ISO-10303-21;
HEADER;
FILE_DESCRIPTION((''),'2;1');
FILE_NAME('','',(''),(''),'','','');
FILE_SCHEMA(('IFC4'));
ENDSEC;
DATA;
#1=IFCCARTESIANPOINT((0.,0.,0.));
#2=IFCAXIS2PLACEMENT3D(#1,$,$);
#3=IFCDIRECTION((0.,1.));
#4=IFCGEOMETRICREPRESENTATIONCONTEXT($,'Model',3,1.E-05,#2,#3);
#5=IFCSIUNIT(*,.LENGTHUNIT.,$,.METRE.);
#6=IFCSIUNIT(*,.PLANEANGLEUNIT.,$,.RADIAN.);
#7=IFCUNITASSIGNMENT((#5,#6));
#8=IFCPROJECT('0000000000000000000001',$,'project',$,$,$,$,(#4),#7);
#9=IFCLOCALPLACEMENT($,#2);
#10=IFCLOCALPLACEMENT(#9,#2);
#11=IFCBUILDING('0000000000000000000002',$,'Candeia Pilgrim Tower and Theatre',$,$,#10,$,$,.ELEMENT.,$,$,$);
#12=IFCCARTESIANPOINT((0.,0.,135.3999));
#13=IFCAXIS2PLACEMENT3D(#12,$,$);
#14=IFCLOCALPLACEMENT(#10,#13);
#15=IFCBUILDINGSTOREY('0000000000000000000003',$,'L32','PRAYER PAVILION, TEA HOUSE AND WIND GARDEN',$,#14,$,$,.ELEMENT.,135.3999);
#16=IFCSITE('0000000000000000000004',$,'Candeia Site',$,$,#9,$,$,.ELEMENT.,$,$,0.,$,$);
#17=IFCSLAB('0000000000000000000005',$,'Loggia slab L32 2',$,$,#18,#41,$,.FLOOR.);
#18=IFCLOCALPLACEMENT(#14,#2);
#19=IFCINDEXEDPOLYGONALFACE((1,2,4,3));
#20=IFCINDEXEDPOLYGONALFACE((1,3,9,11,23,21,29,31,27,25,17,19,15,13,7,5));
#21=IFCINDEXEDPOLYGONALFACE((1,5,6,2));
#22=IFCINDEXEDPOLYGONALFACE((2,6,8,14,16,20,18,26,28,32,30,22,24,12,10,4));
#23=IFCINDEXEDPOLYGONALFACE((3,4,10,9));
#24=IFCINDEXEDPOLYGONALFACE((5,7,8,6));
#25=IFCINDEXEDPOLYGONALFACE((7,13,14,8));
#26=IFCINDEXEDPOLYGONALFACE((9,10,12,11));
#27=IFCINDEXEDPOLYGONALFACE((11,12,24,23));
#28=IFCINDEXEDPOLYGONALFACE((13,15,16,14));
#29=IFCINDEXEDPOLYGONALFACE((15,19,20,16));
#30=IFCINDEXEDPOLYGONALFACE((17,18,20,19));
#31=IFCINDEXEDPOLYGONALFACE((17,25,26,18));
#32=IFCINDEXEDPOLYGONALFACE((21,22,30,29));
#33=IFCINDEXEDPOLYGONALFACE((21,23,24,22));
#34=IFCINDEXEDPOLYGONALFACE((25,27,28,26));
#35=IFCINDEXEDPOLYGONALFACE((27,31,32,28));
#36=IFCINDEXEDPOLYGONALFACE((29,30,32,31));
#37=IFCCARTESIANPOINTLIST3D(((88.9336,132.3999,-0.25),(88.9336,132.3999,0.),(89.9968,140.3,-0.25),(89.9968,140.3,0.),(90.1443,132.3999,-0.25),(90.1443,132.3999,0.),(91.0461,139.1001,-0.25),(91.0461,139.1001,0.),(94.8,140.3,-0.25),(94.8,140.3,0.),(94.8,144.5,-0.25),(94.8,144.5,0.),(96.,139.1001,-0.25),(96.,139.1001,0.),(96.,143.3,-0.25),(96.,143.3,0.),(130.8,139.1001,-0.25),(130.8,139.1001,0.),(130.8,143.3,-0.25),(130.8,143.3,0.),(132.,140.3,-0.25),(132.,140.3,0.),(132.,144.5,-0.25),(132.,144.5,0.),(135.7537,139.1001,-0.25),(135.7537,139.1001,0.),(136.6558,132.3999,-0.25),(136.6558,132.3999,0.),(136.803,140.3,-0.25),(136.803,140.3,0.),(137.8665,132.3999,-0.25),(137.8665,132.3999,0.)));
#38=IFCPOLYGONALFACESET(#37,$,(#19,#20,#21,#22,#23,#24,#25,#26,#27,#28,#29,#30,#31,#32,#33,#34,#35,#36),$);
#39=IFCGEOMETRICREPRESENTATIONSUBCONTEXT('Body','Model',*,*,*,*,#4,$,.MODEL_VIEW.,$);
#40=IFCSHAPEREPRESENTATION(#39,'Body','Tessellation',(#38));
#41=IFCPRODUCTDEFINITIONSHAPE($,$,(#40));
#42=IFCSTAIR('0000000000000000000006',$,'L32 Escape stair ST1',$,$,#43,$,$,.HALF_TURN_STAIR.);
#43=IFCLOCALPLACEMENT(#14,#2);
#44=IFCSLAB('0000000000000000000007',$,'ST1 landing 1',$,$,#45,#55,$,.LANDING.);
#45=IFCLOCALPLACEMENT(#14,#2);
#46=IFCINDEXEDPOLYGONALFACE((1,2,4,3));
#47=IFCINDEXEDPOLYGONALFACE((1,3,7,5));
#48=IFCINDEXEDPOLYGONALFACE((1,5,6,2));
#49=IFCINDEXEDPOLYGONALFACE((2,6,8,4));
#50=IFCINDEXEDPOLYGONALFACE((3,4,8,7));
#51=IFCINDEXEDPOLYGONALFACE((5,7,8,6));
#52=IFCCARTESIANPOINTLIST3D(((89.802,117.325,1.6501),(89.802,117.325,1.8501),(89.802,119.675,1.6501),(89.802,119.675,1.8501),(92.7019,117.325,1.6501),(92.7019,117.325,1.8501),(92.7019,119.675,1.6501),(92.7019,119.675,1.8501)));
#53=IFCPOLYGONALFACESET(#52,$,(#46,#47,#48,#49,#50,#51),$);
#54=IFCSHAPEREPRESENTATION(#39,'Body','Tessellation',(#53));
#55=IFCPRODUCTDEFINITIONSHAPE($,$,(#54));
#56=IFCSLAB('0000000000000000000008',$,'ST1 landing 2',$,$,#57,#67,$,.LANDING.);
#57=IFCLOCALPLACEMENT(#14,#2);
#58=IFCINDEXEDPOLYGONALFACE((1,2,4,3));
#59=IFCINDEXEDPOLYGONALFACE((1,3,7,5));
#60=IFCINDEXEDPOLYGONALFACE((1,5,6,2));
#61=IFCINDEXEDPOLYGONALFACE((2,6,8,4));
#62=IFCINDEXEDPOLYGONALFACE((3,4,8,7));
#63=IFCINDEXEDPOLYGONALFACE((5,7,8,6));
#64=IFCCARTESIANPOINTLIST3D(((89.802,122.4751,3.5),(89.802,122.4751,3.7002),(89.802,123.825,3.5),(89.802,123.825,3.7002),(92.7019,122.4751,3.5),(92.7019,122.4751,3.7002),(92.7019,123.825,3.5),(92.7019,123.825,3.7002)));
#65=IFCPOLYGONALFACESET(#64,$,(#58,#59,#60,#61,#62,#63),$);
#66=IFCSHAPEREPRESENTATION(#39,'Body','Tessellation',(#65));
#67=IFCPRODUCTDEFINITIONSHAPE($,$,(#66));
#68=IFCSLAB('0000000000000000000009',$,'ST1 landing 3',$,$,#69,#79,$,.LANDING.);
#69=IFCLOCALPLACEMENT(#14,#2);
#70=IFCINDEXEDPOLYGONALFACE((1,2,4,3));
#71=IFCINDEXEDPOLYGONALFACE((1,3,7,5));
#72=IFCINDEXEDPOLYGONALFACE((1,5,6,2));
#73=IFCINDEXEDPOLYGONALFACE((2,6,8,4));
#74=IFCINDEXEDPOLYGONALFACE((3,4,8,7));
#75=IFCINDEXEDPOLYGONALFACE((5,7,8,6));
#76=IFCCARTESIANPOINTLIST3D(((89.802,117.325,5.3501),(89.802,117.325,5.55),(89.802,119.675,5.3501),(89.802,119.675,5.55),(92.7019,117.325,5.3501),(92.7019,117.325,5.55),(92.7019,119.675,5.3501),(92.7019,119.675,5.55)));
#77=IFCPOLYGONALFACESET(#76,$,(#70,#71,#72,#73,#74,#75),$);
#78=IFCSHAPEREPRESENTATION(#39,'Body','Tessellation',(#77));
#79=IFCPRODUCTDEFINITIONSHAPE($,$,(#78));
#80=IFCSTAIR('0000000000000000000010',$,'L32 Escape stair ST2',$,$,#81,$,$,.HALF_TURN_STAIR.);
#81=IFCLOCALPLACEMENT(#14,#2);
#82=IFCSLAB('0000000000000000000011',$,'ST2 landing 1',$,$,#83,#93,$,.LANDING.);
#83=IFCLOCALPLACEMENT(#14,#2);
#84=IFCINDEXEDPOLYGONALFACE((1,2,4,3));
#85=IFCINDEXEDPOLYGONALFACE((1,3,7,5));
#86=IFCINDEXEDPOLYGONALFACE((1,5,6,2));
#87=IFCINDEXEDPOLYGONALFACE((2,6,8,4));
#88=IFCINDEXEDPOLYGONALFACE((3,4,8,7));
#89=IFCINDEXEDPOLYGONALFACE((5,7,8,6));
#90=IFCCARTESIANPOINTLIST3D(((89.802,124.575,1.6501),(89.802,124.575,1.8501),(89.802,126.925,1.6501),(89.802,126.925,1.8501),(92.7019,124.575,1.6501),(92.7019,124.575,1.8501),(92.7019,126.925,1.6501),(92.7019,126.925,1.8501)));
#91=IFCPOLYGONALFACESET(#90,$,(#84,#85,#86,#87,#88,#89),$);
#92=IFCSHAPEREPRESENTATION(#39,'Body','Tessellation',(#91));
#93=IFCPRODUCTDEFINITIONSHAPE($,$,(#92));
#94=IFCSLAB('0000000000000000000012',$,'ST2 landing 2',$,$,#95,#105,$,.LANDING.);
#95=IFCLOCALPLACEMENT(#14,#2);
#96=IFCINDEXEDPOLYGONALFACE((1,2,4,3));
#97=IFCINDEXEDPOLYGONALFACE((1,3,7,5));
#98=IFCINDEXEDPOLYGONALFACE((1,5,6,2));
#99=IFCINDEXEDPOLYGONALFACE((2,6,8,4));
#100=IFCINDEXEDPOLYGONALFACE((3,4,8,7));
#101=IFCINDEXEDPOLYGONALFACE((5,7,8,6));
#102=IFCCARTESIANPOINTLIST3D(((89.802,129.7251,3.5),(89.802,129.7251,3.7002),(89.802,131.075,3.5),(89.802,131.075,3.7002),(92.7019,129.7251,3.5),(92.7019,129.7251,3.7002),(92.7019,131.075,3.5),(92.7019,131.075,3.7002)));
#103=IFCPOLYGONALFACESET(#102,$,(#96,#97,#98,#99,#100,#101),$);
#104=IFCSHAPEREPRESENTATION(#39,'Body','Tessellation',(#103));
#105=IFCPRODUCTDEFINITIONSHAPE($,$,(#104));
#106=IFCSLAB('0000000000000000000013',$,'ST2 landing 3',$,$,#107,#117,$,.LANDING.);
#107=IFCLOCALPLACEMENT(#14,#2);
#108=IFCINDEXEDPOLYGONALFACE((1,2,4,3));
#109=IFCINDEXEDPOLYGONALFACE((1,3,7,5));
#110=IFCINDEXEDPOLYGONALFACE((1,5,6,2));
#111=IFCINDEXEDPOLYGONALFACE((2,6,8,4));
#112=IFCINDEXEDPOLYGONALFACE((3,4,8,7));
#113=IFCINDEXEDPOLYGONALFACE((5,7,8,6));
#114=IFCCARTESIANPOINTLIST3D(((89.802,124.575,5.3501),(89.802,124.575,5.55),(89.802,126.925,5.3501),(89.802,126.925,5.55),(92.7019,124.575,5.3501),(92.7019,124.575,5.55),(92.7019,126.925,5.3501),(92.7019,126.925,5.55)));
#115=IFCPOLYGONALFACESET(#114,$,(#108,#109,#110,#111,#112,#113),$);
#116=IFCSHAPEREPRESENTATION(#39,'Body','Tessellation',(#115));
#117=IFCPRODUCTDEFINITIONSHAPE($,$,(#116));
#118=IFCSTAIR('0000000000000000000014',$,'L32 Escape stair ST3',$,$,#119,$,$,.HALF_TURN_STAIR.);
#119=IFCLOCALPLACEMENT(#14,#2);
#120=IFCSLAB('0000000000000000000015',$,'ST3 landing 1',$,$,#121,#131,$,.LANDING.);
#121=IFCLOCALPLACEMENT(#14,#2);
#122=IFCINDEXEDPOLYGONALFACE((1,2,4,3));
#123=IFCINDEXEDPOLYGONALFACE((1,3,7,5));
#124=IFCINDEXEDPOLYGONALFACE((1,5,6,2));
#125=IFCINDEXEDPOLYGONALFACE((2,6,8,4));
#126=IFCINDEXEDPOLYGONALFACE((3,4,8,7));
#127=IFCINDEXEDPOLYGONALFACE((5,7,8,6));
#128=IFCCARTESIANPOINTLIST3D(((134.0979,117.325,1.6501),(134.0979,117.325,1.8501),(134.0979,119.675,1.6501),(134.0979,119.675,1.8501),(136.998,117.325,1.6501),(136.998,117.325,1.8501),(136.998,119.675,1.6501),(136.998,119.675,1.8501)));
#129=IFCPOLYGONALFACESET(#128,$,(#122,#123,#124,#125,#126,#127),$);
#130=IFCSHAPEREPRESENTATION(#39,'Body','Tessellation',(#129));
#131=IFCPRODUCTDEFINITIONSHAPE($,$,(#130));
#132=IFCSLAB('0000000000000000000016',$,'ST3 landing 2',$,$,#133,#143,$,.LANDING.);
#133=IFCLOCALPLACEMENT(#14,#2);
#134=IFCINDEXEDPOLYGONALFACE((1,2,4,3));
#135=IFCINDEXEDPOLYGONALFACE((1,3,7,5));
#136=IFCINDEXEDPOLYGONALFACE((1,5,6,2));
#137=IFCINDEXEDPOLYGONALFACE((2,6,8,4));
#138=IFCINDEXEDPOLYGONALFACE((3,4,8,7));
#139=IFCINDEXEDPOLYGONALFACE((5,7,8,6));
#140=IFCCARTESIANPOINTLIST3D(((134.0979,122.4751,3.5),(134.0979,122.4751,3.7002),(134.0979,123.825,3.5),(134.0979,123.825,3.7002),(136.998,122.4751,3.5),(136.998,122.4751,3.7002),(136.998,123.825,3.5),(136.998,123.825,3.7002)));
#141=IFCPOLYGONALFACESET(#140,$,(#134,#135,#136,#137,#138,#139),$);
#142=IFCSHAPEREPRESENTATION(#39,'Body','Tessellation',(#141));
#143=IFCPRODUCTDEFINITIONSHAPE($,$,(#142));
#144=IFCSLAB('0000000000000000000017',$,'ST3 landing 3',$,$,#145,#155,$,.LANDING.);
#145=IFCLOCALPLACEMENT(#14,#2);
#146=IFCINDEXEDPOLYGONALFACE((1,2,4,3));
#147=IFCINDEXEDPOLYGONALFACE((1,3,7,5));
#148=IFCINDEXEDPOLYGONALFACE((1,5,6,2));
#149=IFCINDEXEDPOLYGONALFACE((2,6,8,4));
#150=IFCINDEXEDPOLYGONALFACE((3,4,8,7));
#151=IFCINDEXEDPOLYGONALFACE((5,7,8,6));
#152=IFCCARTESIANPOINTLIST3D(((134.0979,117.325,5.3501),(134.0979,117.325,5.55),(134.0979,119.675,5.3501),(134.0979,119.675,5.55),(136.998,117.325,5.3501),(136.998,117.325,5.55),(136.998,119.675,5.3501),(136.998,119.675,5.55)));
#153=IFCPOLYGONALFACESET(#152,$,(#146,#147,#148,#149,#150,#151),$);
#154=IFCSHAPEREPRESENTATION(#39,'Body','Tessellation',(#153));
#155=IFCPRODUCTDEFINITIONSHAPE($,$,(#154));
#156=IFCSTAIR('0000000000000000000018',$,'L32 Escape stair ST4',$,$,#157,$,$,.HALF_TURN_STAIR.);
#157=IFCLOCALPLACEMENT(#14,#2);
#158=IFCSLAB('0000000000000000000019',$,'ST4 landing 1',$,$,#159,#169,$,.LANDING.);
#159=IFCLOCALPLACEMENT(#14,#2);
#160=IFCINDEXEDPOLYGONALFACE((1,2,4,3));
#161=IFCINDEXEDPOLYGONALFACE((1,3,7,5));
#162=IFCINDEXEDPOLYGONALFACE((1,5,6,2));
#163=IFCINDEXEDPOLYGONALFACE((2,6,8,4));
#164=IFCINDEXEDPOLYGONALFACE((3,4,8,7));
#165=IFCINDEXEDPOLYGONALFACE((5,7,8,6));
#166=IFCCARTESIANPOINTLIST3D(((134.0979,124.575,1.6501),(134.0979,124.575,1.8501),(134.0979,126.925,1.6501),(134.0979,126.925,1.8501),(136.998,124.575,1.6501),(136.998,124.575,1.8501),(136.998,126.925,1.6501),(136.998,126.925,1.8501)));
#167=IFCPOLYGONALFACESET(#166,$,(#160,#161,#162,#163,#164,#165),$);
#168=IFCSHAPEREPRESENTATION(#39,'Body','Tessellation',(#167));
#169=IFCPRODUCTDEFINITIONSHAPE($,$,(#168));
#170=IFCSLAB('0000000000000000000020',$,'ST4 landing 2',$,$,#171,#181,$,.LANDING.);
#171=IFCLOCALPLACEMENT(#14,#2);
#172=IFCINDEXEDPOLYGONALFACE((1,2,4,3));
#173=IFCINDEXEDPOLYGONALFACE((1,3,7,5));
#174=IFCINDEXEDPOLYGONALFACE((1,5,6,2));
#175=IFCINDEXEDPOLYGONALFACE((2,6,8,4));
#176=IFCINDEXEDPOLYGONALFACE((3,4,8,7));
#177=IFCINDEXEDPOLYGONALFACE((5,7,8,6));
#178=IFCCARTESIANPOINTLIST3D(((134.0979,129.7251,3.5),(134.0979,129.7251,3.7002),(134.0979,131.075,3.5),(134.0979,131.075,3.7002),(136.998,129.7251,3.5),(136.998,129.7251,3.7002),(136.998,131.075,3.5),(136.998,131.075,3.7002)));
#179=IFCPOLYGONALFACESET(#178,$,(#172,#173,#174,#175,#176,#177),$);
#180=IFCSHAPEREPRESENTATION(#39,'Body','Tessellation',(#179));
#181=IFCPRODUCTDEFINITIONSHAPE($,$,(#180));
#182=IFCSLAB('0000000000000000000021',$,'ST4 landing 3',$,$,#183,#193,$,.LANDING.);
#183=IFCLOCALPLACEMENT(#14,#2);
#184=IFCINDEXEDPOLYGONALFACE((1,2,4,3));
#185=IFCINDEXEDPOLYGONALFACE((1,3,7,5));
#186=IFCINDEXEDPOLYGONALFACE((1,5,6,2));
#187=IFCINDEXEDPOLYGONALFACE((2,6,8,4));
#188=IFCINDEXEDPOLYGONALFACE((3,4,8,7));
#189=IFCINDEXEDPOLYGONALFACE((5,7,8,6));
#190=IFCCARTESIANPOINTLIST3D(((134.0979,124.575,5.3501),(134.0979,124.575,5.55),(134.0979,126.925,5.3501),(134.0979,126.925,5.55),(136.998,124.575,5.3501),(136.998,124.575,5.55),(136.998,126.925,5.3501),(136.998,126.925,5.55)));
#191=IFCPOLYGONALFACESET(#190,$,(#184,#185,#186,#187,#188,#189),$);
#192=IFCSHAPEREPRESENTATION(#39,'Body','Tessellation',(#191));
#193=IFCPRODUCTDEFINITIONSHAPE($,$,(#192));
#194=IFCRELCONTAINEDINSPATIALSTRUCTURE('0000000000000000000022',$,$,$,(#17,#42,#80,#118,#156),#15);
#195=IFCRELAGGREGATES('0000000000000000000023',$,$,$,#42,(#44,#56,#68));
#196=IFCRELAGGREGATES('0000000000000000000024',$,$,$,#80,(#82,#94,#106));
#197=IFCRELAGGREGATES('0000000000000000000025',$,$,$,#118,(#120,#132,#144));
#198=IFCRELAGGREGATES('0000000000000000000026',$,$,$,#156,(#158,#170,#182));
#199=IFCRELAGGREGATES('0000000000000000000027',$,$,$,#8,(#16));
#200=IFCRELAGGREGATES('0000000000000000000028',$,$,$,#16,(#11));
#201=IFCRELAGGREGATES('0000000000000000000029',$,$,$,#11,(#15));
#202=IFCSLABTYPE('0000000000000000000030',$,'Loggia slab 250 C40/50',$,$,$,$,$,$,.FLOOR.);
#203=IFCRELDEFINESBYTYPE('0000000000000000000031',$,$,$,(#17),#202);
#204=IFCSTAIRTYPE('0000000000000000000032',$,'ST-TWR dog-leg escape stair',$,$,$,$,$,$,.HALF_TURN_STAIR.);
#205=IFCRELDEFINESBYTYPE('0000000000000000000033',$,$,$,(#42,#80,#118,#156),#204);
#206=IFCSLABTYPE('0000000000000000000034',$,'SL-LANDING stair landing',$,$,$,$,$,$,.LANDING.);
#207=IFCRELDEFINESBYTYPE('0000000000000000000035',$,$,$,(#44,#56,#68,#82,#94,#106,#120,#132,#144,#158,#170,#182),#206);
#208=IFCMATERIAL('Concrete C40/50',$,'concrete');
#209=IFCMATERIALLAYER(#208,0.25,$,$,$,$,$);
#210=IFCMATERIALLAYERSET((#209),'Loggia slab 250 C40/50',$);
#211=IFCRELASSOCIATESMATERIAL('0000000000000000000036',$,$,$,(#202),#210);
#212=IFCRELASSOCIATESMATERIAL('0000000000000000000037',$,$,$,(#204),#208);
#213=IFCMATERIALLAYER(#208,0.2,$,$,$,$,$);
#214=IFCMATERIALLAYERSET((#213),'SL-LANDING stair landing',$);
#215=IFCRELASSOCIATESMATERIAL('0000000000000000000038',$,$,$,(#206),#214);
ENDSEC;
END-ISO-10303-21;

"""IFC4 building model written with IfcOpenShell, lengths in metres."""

from ifc_helpers import new_model, si_unit, direction, frame, origin, place, context, subcontext, project, spatial, polyline, outline, extrude, material, layer, layer_set, type_object, element, aggregate, save


model = new_model("IFC4")

# Units and contexts
model_context = context("Model", 3, precision=1e-05, world=origin(), true_north=direction((0.0, 1.0)))
body_context = subcontext(model_context, "Body", "Model", "MODEL_VIEW")
ifc_project = project(units=[si_unit("LENGTHUNIT", "METRE"), si_unit("PLANEANGLEUNIT", "RADIAN")], contexts=[model_context])

# Site, building, storey
site_placement = place(None, origin())
site = spatial("IfcSite", under=ifc_project, at=site_placement, Name="Candeia Site", CompositionType="ELEMENT", RefElevation=0.0)
building_placement = place(site_placement, origin())
building = spatial("IfcBuilding", under=site, at=building_placement, Name="Candeia Pilgrim Tower and Theatre", CompositionType="ELEMENT")
storey_placement = place(building_placement, frame((0.0, 0.0, 135.3999)))
storey = spatial("IfcBuildingStorey", under=building, at=storey_placement, Name="L32", Description="PRAYER PAVILION, TEA HOUSE AND WIND GARDEN", CompositionType="ELEMENT", Elevation=135.3999)

# Slab
ifc_material_1 = material(Name="Concrete C40/50", Category="concrete")
ifc_layer_1 = layer(ifc_material_1, 0.25)
ifc_layer_set_1 = layer_set([ifc_layer_1], Name="Loggia slab 250 C40/50")
slab_type_1 = type_object("IfcSlabType", Name="Loggia slab 250 C40/50", PredefinedType="FLOOR", material=ifc_layer_set_1)
slab_1_placement = place(storey_placement, frame((0.0, 0.0, -0.25)))
element("IfcSlab", 1, at=slab_1_placement, inside=storey, type_object=slab_type_1, Name="Loggia slab L32 2", PredefinedType="FLOOR", context=body_context, shape_type="SweptSolid", body=[
    extrude(outline(polyline([(136.6558, 132.3999), (135.7537, 139.1001), (130.8, 139.1001), (130.8, 143.3), (96.0, 143.3), (96.0, 139.1001), (91.0461, 139.1001), (90.1443, 132.3999), (88.9336, 132.3999), (89.9968, 140.3), (94.8, 140.3), (94.8, 144.5), (132.0, 144.5), (132.0, 140.3), (136.803, 140.3), (137.8665, 132.3999), (136.6558, 132.3999)])), origin(), (0.0, 0.0, 1.0), 0.25),
])

# Stairs, slabs
stair_type = type_object("IfcStairType", Name="ST-TWR dog-leg escape stair", PredefinedType="HALF_TURN_STAIR", material=ifc_material_1)
stair_1_placement = place(storey_placement, origin())
stair_1 = element("IfcStair", 2, at=stair_1_placement, inside=storey, type_object=stair_type, Name="L32 Escape stair ST1", PredefinedType="HALF_TURN_STAIR")
ifc_layer_2 = layer(ifc_material_1, 0.2)
ifc_layer_set_2 = layer_set([ifc_layer_2], Name="SL-LANDING stair landing")
slab_type_2 = type_object("IfcSlabType", Name="SL-LANDING stair landing", PredefinedType="LANDING", material=ifc_layer_set_2)
slab_2_placement = place(storey_placement, frame((0.0, 0.0, 1.6501)))
slab_2 = element("IfcSlab", 3, at=slab_2_placement, type_object=slab_type_2, Name="ST1 landing 1", PredefinedType="LANDING", context=body_context, shape_type="SweptSolid", body=[
    extrude(outline(polyline([(89.802, 119.675), (89.802, 117.325), (92.7019, 117.325), (92.7019, 119.675), (89.802, 119.675)])), origin(), (0.0, 0.0, 1.0), 0.2),
])
slab_3_placement = place(storey_placement, frame((0.0, 0.0, 3.5)))
slab_3 = element("IfcSlab", 4, at=slab_3_placement, type_object=slab_type_2, Name="ST1 landing 2", PredefinedType="LANDING", context=body_context, shape_type="SweptSolid", body=[
    extrude(outline(polyline([(89.802, 123.825), (89.802, 122.4751), (92.7019, 122.4751), (92.7019, 123.825), (89.802, 123.825)])), origin(), (0.0, 0.0, 1.0), 0.2002),
])
slab_4_placement = place(storey_placement, frame((0.0, 0.0, 5.3501)))
slab_4 = element("IfcSlab", 5, at=slab_4_placement, type_object=slab_type_2, Name="ST1 landing 3", PredefinedType="LANDING", context=body_context, shape_type="SweptSolid", body=[
    extrude(outline(polyline([(89.802, 119.675), (89.802, 117.325), (92.7019, 117.325), (92.7019, 119.675), (89.802, 119.675)])), origin(), (0.0, 0.0, 1.0), 0.2),
])
aggregate(stair_1, [slab_2, slab_3, slab_4])
stair_2_placement = place(storey_placement, origin())
stair_2 = element("IfcStair", 6, at=stair_2_placement, inside=storey, type_object=stair_type, Name="L32 Escape stair ST2", PredefinedType="HALF_TURN_STAIR")
slab_5_placement = place(storey_placement, frame((0.0, 0.0, 1.6501)))
slab_5 = element("IfcSlab", 7, at=slab_5_placement, type_object=slab_type_2, Name="ST2 landing 1", PredefinedType="LANDING", context=body_context, shape_type="SweptSolid", body=[
    extrude(outline(polyline([(89.802, 126.925), (89.802, 124.575), (92.7019, 124.575), (92.7019, 126.925), (89.802, 126.925)])), origin(), (0.0, 0.0, 1.0), 0.2),
])
slab_6_placement = place(storey_placement, frame((0.0, 0.0, 3.5)))
slab_6 = element("IfcSlab", 8, at=slab_6_placement, type_object=slab_type_2, Name="ST2 landing 2", PredefinedType="LANDING", context=body_context, shape_type="SweptSolid", body=[
    extrude(outline(polyline([(89.802, 131.075), (89.802, 129.7251), (92.7019, 129.7251), (92.7019, 131.075), (89.802, 131.075)])), origin(), (0.0, 0.0, 1.0), 0.2002),
])
slab_7_placement = place(storey_placement, frame((0.0, 0.0, 5.3501)))
slab_7 = element("IfcSlab", 9, at=slab_7_placement, type_object=slab_type_2, Name="ST2 landing 3", PredefinedType="LANDING", context=body_context, shape_type="SweptSolid", body=[
    extrude(outline(polyline([(89.802, 126.925), (89.802, 124.575), (92.7019, 124.575), (92.7019, 126.925), (89.802, 126.925)])), origin(), (0.0, 0.0, 1.0), 0.2),
])
aggregate(stair_2, [slab_5, slab_6, slab_7])
stair_3_placement = place(storey_placement, origin())
stair_3 = element("IfcStair", 10, at=stair_3_placement, inside=storey, type_object=stair_type, Name="L32 Escape stair ST3", PredefinedType="HALF_TURN_STAIR")
slab_8_placement = place(storey_placement, frame((0.0, 0.0, 1.6501)))
slab_8 = element("IfcSlab", 11, at=slab_8_placement, type_object=slab_type_2, Name="ST3 landing 1", PredefinedType="LANDING", context=body_context, shape_type="SweptSolid", body=[
    extrude(outline(polyline([(134.0979, 119.675), (134.0979, 117.325), (136.998, 117.325), (136.998, 119.675), (134.0979, 119.675)])), origin(), (0.0, 0.0, 1.0), 0.2),
])
slab_9_placement = place(storey_placement, frame((0.0, 0.0, 3.5)))
slab_9 = element("IfcSlab", 12, at=slab_9_placement, type_object=slab_type_2, Name="ST3 landing 2", PredefinedType="LANDING", context=body_context, shape_type="SweptSolid", body=[
    extrude(outline(polyline([(134.0979, 123.825), (134.0979, 122.4751), (136.998, 122.4751), (136.998, 123.825), (134.0979, 123.825)])), origin(), (0.0, 0.0, 1.0), 0.2002),
])
slab_10_placement = place(storey_placement, frame((0.0, 0.0, 5.3501)))
slab_10 = element("IfcSlab", 13, at=slab_10_placement, type_object=slab_type_2, Name="ST3 landing 3", PredefinedType="LANDING", context=body_context, shape_type="SweptSolid", body=[
    extrude(outline(polyline([(134.0979, 119.675), (134.0979, 117.325), (136.998, 117.325), (136.998, 119.675), (134.0979, 119.675)])), origin(), (0.0, 0.0, 1.0), 0.2),
])
aggregate(stair_3, [slab_8, slab_9, slab_10])
stair_4_placement = place(storey_placement, origin())
stair_4 = element("IfcStair", 14, at=stair_4_placement, inside=storey, type_object=stair_type, Name="L32 Escape stair ST4", PredefinedType="HALF_TURN_STAIR")
slab_11_placement = place(storey_placement, frame((0.0, 0.0, 1.6501)))
slab_11 = element("IfcSlab", 15, at=slab_11_placement, type_object=slab_type_2, Name="ST4 landing 1", PredefinedType="LANDING", context=body_context, shape_type="SweptSolid", body=[
    extrude(outline(polyline([(134.0979, 126.925), (134.0979, 124.575), (136.998, 124.575), (136.998, 126.925), (134.0979, 126.925)])), origin(), (0.0, 0.0, 1.0), 0.2),
])
slab_12_placement = place(storey_placement, frame((0.0, 0.0, 3.5)))
slab_12 = element("IfcSlab", 16, at=slab_12_placement, type_object=slab_type_2, Name="ST4 landing 2", PredefinedType="LANDING", context=body_context, shape_type="SweptSolid", body=[
    extrude(outline(polyline([(134.0979, 131.075), (134.0979, 129.7251), (136.998, 129.7251), (136.998, 131.075), (134.0979, 131.075)])), origin(), (0.0, 0.0, 1.0), 0.2002),
])
slab_13_placement = place(storey_placement, frame((0.0, 0.0, 5.3501)))
slab_13 = element("IfcSlab", 17, at=slab_13_placement, type_object=slab_type_2, Name="ST4 landing 3", PredefinedType="LANDING", context=body_context, shape_type="SweptSolid", body=[
    extrude(outline(polyline([(134.0979, 126.925), (134.0979, 124.575), (136.998, 124.575), (136.998, 126.925), (134.0979, 126.925)])), origin(), (0.0, 0.0, 1.0), 0.2),
])
aggregate(stair_4, [slab_11, slab_12, slab_13])

save(model, "model.ifc")
